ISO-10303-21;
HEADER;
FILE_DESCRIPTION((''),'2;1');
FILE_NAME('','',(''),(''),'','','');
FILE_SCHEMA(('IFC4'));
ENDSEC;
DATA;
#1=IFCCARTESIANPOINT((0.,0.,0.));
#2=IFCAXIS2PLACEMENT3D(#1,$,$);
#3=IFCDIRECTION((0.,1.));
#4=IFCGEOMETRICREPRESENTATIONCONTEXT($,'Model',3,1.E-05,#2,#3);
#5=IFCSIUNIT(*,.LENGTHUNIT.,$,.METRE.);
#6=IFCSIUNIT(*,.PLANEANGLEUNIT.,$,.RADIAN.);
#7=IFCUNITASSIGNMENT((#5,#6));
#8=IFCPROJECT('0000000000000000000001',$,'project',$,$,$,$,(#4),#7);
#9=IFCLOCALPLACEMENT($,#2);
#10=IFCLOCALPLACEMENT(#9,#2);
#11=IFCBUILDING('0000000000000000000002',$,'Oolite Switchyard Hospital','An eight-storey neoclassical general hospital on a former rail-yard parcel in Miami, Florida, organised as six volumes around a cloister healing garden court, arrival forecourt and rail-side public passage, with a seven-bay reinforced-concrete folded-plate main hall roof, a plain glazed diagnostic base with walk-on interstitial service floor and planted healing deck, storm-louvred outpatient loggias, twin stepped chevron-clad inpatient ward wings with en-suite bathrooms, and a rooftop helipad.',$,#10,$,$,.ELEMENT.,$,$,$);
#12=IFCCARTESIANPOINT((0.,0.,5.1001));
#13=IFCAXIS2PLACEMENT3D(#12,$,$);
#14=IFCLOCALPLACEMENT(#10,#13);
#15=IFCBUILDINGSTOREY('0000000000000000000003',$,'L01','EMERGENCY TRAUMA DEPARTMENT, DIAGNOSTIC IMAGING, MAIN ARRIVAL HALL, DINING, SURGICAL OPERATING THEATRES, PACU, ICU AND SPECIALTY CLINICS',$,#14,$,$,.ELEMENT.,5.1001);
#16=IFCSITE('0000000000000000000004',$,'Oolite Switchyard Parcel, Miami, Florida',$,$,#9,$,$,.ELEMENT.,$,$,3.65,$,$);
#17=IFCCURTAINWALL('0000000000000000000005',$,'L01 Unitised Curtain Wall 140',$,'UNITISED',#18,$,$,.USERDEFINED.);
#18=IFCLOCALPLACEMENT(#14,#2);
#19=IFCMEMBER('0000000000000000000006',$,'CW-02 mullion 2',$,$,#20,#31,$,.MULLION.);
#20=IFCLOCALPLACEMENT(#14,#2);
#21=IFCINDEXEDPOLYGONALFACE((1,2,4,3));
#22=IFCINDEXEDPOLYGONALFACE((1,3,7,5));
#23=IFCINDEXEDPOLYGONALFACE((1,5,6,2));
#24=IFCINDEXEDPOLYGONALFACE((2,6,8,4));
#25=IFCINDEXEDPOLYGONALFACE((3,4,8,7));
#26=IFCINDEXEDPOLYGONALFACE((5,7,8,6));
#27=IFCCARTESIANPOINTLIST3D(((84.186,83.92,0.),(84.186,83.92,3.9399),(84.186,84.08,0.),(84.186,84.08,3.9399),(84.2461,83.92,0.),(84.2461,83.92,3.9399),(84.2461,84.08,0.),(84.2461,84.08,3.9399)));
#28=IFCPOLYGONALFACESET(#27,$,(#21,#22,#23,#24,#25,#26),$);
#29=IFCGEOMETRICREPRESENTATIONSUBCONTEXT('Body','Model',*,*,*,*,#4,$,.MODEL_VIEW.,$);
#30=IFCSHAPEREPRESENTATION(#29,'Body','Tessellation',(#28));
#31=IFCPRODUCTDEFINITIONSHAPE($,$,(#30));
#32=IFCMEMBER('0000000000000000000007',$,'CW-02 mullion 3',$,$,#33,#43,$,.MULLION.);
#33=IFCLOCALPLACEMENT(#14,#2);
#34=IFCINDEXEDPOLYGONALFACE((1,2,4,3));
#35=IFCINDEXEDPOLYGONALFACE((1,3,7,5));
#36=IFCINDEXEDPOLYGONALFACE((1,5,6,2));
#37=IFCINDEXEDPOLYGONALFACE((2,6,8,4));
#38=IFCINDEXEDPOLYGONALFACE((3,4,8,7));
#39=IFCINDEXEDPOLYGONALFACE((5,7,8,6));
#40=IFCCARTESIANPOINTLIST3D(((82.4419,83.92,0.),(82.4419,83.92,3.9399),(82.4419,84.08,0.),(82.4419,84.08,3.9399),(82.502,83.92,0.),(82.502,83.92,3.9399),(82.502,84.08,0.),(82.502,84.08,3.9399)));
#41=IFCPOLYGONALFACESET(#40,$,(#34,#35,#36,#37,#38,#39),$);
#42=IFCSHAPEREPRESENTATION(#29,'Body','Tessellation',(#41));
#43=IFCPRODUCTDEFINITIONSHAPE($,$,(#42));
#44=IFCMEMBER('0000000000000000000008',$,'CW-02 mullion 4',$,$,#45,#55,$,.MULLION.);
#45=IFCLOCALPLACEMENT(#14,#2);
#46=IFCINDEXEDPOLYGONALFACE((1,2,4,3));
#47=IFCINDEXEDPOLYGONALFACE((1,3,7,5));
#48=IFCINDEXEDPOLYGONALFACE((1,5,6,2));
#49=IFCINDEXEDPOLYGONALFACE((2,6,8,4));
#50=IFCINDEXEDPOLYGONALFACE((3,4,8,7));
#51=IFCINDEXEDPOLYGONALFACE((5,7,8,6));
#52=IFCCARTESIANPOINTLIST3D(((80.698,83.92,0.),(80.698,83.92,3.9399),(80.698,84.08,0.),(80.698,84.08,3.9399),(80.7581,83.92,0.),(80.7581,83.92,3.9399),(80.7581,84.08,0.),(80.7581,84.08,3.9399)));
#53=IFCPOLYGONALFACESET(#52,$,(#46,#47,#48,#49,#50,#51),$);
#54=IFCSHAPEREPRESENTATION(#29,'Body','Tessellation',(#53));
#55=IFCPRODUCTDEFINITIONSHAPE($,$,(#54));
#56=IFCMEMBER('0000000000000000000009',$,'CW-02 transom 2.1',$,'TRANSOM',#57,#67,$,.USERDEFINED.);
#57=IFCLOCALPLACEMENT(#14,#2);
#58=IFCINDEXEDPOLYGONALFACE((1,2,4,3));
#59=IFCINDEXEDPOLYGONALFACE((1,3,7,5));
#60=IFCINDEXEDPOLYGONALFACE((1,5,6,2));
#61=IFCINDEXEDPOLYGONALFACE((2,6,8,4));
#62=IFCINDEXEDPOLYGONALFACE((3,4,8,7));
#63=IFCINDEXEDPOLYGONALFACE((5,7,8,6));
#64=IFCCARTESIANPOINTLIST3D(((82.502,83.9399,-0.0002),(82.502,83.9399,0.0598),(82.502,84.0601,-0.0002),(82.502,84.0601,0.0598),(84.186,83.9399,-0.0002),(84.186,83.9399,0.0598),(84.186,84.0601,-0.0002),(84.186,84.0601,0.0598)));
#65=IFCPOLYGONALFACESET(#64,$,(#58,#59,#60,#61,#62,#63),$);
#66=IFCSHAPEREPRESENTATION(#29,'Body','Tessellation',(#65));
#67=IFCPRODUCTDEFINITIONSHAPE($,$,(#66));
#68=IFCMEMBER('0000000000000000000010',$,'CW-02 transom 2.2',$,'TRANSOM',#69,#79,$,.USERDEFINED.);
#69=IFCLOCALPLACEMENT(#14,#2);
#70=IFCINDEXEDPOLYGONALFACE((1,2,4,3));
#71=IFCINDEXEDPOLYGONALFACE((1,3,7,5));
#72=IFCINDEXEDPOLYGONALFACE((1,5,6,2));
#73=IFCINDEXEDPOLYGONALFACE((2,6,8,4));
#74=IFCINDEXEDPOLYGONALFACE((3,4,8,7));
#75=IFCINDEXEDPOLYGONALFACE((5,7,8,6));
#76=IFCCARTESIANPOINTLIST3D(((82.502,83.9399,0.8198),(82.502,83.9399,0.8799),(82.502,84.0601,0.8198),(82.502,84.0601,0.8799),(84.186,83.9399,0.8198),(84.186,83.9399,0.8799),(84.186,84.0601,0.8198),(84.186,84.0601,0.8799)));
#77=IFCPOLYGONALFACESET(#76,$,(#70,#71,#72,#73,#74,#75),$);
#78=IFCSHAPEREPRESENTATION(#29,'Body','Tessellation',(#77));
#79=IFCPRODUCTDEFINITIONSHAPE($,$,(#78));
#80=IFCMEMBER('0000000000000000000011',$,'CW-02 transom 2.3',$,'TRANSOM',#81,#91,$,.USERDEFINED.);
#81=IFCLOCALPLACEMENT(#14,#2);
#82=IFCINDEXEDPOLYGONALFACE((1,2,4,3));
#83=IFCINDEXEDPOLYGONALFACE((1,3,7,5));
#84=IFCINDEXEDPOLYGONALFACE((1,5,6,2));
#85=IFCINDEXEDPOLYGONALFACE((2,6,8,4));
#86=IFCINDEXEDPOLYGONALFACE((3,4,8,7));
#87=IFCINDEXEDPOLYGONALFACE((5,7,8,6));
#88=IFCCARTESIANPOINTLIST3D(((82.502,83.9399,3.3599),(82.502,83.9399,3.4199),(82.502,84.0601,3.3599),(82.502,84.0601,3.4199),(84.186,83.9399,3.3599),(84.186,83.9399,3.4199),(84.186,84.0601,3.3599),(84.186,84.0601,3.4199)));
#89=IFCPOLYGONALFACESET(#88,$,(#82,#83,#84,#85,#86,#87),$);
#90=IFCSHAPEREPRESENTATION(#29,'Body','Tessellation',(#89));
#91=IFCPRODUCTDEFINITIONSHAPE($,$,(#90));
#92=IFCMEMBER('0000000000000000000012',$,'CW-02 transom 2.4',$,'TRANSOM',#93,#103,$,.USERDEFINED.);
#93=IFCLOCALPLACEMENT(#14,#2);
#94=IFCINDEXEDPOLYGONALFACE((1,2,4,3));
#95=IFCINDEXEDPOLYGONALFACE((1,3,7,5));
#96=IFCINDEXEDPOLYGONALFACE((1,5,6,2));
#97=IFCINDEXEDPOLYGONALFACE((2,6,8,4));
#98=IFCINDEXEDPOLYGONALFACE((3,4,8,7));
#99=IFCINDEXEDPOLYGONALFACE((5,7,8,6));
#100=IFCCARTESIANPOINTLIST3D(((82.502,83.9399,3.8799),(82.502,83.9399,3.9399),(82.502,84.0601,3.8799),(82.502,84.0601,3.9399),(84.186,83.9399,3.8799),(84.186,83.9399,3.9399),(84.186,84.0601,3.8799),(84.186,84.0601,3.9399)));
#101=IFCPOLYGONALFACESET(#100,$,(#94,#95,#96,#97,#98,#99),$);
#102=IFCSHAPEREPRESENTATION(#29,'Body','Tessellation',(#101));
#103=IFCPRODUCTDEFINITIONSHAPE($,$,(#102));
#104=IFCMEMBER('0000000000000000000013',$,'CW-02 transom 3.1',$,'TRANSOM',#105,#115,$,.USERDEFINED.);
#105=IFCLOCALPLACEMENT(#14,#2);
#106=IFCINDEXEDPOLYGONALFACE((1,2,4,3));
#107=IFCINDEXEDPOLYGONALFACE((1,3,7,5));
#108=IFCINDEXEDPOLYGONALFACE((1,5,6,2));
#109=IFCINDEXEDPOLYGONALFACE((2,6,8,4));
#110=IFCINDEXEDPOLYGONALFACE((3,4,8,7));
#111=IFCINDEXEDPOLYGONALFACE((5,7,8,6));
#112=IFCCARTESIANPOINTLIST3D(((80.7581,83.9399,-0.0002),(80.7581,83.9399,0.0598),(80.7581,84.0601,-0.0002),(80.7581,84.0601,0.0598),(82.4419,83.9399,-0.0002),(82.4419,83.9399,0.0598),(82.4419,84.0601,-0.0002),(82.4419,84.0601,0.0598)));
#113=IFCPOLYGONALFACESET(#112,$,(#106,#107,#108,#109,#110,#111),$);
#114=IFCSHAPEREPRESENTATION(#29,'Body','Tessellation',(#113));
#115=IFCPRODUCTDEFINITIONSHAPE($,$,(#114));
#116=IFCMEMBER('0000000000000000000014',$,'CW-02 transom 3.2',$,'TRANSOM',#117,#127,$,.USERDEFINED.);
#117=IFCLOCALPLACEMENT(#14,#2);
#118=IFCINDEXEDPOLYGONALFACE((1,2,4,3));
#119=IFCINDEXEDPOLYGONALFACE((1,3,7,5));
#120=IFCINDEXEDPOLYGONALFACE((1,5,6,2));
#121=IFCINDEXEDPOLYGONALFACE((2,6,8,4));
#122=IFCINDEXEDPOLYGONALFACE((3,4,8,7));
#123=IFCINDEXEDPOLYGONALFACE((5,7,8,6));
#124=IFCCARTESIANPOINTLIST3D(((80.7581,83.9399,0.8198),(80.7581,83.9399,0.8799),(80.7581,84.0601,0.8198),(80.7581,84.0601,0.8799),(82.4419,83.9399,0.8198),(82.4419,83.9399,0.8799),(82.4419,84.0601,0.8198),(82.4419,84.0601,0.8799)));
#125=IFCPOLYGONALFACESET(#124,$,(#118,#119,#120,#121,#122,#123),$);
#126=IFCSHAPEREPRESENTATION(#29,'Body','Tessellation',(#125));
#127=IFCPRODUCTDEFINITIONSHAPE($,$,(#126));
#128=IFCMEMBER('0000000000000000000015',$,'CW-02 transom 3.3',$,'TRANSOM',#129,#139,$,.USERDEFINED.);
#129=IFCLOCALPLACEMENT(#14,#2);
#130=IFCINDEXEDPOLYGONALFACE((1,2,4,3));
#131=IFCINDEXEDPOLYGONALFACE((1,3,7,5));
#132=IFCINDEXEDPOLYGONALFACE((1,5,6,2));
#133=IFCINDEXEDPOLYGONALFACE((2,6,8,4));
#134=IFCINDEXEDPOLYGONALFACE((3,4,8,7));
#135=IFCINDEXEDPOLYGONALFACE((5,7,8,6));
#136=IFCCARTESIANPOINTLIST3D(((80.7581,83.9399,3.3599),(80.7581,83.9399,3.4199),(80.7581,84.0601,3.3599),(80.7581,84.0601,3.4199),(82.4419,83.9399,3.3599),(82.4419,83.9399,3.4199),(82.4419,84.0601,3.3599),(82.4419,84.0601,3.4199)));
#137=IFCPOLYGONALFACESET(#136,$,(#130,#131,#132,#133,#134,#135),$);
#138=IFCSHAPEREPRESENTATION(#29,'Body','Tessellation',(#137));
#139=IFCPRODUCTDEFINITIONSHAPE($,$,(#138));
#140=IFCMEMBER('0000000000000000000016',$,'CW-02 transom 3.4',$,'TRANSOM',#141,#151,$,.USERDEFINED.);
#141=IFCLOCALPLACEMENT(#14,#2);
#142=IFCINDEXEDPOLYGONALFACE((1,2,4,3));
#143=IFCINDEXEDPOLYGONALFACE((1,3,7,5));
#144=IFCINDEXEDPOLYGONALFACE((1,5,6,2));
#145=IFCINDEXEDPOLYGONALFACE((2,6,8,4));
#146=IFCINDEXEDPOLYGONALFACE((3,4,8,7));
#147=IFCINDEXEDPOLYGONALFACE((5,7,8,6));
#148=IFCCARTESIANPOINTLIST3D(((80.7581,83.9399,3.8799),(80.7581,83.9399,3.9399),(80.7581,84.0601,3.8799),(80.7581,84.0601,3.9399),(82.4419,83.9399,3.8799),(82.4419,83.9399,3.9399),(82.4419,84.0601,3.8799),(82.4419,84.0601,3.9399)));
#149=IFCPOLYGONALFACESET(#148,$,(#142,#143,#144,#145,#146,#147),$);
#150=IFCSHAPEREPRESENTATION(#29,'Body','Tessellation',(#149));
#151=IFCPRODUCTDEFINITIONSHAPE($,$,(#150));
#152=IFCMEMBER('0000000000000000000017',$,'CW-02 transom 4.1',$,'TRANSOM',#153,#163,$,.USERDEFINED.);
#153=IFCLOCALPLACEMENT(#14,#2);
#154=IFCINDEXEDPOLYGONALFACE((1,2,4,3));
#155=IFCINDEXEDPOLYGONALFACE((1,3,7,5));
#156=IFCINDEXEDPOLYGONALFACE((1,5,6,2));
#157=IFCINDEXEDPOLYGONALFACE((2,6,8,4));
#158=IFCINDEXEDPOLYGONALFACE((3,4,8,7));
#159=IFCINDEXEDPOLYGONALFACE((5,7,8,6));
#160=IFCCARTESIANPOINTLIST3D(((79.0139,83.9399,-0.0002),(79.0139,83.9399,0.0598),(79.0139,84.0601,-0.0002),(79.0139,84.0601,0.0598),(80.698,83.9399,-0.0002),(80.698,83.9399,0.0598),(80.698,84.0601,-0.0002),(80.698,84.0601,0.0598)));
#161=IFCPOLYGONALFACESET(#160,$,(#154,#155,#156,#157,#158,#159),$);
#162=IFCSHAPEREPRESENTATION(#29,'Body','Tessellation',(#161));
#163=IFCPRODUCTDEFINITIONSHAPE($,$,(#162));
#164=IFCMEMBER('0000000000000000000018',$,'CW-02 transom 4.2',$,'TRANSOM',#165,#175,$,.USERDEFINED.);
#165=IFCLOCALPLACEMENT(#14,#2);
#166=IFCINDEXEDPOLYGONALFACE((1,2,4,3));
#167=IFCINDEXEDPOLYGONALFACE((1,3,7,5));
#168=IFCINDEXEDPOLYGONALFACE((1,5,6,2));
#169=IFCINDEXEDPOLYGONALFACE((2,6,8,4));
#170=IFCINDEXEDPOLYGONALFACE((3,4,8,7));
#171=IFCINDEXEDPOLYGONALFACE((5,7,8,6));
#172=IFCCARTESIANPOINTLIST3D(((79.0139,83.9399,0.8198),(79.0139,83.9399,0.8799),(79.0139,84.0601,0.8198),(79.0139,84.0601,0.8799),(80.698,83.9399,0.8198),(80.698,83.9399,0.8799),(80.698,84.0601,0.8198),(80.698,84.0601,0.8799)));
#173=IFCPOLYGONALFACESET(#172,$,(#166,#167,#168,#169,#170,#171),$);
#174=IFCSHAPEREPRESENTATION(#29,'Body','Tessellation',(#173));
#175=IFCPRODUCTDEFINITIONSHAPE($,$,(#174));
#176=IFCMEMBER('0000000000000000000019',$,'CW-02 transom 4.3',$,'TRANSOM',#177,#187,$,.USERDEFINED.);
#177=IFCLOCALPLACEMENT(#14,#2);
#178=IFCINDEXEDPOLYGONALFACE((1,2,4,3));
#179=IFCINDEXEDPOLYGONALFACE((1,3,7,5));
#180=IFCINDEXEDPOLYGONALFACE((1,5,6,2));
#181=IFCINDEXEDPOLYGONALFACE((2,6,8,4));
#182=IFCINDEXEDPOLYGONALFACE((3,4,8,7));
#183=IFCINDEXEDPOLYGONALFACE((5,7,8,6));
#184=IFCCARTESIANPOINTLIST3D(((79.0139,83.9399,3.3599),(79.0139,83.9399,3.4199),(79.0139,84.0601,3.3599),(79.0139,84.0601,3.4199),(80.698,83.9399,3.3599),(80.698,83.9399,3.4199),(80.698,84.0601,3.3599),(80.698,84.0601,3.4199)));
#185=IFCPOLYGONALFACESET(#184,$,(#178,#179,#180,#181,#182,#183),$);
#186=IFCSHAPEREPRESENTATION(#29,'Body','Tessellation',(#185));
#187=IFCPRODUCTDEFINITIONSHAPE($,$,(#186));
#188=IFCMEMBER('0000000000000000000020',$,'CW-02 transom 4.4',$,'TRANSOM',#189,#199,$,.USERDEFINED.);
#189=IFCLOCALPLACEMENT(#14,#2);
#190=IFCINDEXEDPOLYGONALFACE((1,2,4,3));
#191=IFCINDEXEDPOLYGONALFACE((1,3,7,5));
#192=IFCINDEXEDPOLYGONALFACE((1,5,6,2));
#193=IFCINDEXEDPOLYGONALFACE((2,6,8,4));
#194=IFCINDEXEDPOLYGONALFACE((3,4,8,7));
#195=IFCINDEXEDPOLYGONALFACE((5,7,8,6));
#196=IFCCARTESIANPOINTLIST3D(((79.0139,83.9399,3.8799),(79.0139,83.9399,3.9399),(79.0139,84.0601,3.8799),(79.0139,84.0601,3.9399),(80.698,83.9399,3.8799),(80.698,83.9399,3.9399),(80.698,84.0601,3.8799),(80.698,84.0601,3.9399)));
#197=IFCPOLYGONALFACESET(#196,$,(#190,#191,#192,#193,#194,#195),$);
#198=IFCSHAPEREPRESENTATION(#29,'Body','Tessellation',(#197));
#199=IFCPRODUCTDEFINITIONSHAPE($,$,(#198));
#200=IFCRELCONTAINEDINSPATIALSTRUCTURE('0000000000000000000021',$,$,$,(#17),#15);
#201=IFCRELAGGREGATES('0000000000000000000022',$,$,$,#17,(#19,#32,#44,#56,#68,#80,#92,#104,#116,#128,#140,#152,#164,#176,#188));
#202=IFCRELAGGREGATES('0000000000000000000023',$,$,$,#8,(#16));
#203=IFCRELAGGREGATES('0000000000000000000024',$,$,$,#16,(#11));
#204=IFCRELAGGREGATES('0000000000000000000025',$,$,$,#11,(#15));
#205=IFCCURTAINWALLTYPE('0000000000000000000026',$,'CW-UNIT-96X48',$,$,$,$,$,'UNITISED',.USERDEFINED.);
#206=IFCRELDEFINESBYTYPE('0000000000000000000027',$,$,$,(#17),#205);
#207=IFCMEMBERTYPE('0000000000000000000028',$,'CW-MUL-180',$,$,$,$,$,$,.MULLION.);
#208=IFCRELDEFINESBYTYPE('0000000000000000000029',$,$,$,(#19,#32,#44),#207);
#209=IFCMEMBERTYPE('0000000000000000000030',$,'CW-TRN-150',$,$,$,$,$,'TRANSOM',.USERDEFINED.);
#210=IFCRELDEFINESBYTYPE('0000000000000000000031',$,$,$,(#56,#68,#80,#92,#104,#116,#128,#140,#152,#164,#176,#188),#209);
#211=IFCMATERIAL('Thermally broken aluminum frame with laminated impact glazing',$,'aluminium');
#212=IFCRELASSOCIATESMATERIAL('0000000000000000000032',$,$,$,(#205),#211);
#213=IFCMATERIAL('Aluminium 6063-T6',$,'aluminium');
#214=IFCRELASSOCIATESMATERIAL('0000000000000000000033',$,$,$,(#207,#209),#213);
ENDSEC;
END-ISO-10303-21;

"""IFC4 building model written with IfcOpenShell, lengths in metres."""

from ifc_helpers import new_model, si_unit, direction, frame, origin, origin_2d, place, context, subcontext, project, spatial, rectangle, extrude, material, material_profile, profile_set, type_object, element, aggregate, save


model = new_model("IFC4")

# Units and contexts
model_context = context("Model", 3, precision=1e-05, world=origin(), true_north=direction((0.0, 1.0)))
body_context = subcontext(model_context, "Body", "Model", "MODEL_VIEW")
ifc_project = project(units=[si_unit("LENGTHUNIT", "METRE"), si_unit("PLANEANGLEUNIT", "RADIAN")], contexts=[model_context])

# Site, building, storey
site_placement = place(None, origin())
site = spatial("IfcSite", under=ifc_project, at=site_placement, Name="Oolite Switchyard Parcel, Miami, Florida", CompositionType="ELEMENT", RefElevation=3.65)
building_placement = place(site_placement, origin())
building = spatial("IfcBuilding", under=site, at=building_placement, Name="Oolite Switchyard Hospital", Description="An eight-storey neoclassical general hospital on a former rail-yard parcel in Miami, Florida, organised as six volumes around a cloister healing garden court, arrival forecourt and rail-side public passage, with a seven-bay reinforced-concrete folded-plate main hall roof, a plain glazed diagnostic base with walk-on interstitial service floor and planted healing deck, storm-louvred outpatient loggias, twin stepped chevron-clad inpatient ward wings with en-suite bathrooms, and a rooftop helipad.", CompositionType="ELEMENT")
storey_placement = place(building_placement, frame((0.0, 0.0, 5.1001)))
storey = spatial("IfcBuildingStorey", under=building, at=storey_placement, Name="L01", Description="EMERGENCY TRAUMA DEPARTMENT, DIAGNOSTIC IMAGING, MAIN ARRIVAL HALL, DINING, SURGICAL OPERATING THEATRES, PACU, ICU AND SPECIALTY CLINICS", CompositionType="ELEMENT", Elevation=5.1001)

# Curtain wall, members
ifc_material_1 = material(Name="Thermally broken aluminum frame with laminated impact glazing", Category="aluminium")
curtain_wall_type = type_object("IfcCurtainWallType", Name="CW-UNIT-96X48", ElementType="UNITISED", PredefinedType="USERDEFINED", material=ifc_material_1)
curtain_wall_placement = place(storey_placement, origin())
curtain_wall = element("IfcCurtainWall", 1, at=curtain_wall_placement, inside=storey, type_object=curtain_wall_type, Name="L01 Unitised Curtain Wall 140", ObjectType="UNITISED", PredefinedType="USERDEFINED")
ifc_material_2 = material(Name="Aluminium 6063-T6", Category="aluminium")
ifc_material_profile_1 = material_profile(ifc_material_2, rectangle(XDim=0.1599, YDim=0.0601, at=origin_2d()), Name="CWM60X160")
ifc_profile_set_1 = profile_set([ifc_material_profile_1], Name="Aluminium 6063-T6")
member_type_1 = type_object("IfcMemberType", Name="CW-MUL-180", PredefinedType="MULLION", material=ifc_profile_set_1)
member_1_placement = place(storey_placement, frame((84.2161, 84.0, 0.0), z_axis=(0.0, 0.0, 1.0), x_axis=(0.0, -1.0, 0.0)))
member_1 = element("IfcMember", 2, at=member_1_placement, type_object=member_type_1, Name="CW-02 mullion 2", PredefinedType="MULLION", context=body_context, shape_type="SweptSolid", body=[
    extrude(rectangle(XDim=0.1599, YDim=0.0601, at=origin_2d()), origin(), (0.0, 0.0, 1.0), 3.9399),
])
member_2_placement = place(storey_placement, frame((82.4719, 84.0, 0.0), z_axis=(0.0, 0.0, 1.0), x_axis=(0.0, -1.0, 0.0)))
member_2 = element("IfcMember", 3, at=member_2_placement, type_object=member_type_1, Name="CW-02 mullion 3", PredefinedType="MULLION", context=body_context, shape_type="SweptSolid", body=[
    extrude(rectangle(XDim=0.1599, YDim=0.0601, at=origin_2d()), origin(), (0.0, 0.0, 1.0), 3.9399),
])
member_3_placement = place(storey_placement, frame((80.728, 84.0, 0.0), z_axis=(0.0, 0.0, 1.0), x_axis=(0.0, -1.0, 0.0)))
member_3 = element("IfcMember", 4, at=member_3_placement, type_object=member_type_1, Name="CW-02 mullion 4", PredefinedType="MULLION", context=body_context, shape_type="SweptSolid", body=[
    extrude(rectangle(XDim=0.1599, YDim=0.0601, at=origin_2d()), origin(), (0.0, 0.0, 1.0), 3.9399),
])
ifc_material_profile_2 = material_profile(ifc_material_2, rectangle(XDim=0.1201, YDim=0.0601, at=origin_2d()), Name="CWT60X120")
ifc_profile_set_2 = profile_set([ifc_material_profile_2], Name="Aluminium 6063-T6")
member_type_2 = type_object("IfcMemberType", Name="CW-TRN-150", ElementType="TRANSOM", PredefinedType="USERDEFINED", material=ifc_profile_set_2)
member_4_placement = place(storey_placement, frame((84.186, 84.0, 0.0298), z_axis=(-1.0, 0.0, 0.0), x_axis=(0.0, -1.0, 0.0)))
member_4 = element("IfcMember", 5, at=member_4_placement, type_object=member_type_2, Name="CW-02 transom 2.1", ObjectType="TRANSOM", PredefinedType="USERDEFINED", context=body_context, shape_type="SweptSolid", body=[
    extrude(rectangle(XDim=0.1201, YDim=0.0601, at=origin_2d()), origin(), (0.0, 0.0, 1.0), 1.6841),
])
member_5_placement = place(storey_placement, frame((84.186, 84.0, 0.8499), z_axis=(-1.0, 0.0, 0.0), x_axis=(0.0, -1.0, 0.0)))
member_5 = element("IfcMember", 6, at=member_5_placement, type_object=member_type_2, Name="CW-02 transom 2.2", ObjectType="TRANSOM", PredefinedType="USERDEFINED", context=body_context, shape_type="SweptSolid", body=[
    extrude(rectangle(XDim=0.1201, YDim=0.0601, at=origin_2d()), origin(), (0.0, 0.0, 1.0), 1.6841),
])
member_6_placement = place(storey_placement, frame((84.186, 84.0, 3.3899), z_axis=(-1.0, 0.0, 0.0), x_axis=(0.0, -1.0, 0.0)))
member_6 = element("IfcMember", 7, at=member_6_placement, type_object=member_type_2, Name="CW-02 transom 2.3", ObjectType="TRANSOM", PredefinedType="USERDEFINED", context=body_context, shape_type="SweptSolid", body=[
    extrude(rectangle(XDim=0.1201, YDim=0.0601, at=origin_2d()), origin(), (0.0, 0.0, 1.0), 1.6841),
])
member_7_placement = place(storey_placement, frame((84.186, 84.0, 3.9099), z_axis=(-1.0, 0.0, 0.0), x_axis=(0.0, -1.0, 0.0)))
member_7 = element("IfcMember", 8, at=member_7_placement, type_object=member_type_2, Name="CW-02 transom 2.4", ObjectType="TRANSOM", PredefinedType="USERDEFINED", context=body_context, shape_type="SweptSolid", body=[
    extrude(rectangle(XDim=0.1201, YDim=0.0601, at=origin_2d()), origin(), (0.0, 0.0, 1.0), 1.6841),
])
member_8_placement = place(storey_placement, frame((82.4419, 84.0, 0.0298), z_axis=(-1.0, 0.0, 0.0), x_axis=(0.0, -1.0, 0.0)))
member_8 = element("IfcMember", 9, at=member_8_placement, type_object=member_type_2, Name="CW-02 transom 3.1", ObjectType="TRANSOM", PredefinedType="USERDEFINED", context=body_context, shape_type="SweptSolid", body=[
    extrude(rectangle(XDim=0.1201, YDim=0.0601, at=origin_2d()), origin(), (0.0, 0.0, 1.0), 1.6838),
])
member_9_placement = place(storey_placement, frame((82.4419, 84.0, 0.8499), z_axis=(-1.0, 0.0, 0.0), x_axis=(0.0, -1.0, 0.0)))
member_9 = element("IfcMember", 10, at=member_9_placement, type_object=member_type_2, Name="CW-02 transom 3.2", ObjectType="TRANSOM", PredefinedType="USERDEFINED", context=body_context, shape_type="SweptSolid", body=[
    extrude(rectangle(XDim=0.1201, YDim=0.0601, at=origin_2d()), origin(), (0.0, 0.0, 1.0), 1.6838),
])
member_10_placement = place(storey_placement, frame((82.4419, 84.0, 3.3899), z_axis=(-1.0, 0.0, 0.0), x_axis=(0.0, -1.0, 0.0)))
member_10 = element("IfcMember", 11, at=member_10_placement, type_object=member_type_2, Name="CW-02 transom 3.3", ObjectType="TRANSOM", PredefinedType="USERDEFINED", context=body_context, shape_type="SweptSolid", body=[
    extrude(rectangle(XDim=0.1201, YDim=0.0601, at=origin_2d()), origin(), (0.0, 0.0, 1.0), 1.6838),
])
member_11_placement = place(storey_placement, frame((82.4419, 84.0, 3.9099), z_axis=(-1.0, 0.0, 0.0), x_axis=(0.0, -1.0, 0.0)))
member_11 = element("IfcMember", 12, at=member_11_placement, type_object=member_type_2, Name="CW-02 transom 3.4", ObjectType="TRANSOM", PredefinedType="USERDEFINED", context=body_context, shape_type="SweptSolid", body=[
    extrude(rectangle(XDim=0.1201, YDim=0.0601, at=origin_2d()), origin(), (0.0, 0.0, 1.0), 1.6838),
])
member_12_placement = place(storey_placement, frame((80.698, 84.0, 0.0298), z_axis=(-1.0, 0.0, 0.0), x_axis=(0.0, -1.0, 0.0)))
member_12 = element("IfcMember", 13, at=member_12_placement, type_object=member_type_2, Name="CW-02 transom 4.1", ObjectType="TRANSOM", PredefinedType="USERDEFINED", context=body_context, shape_type="SweptSolid", body=[
    extrude(rectangle(XDim=0.1201, YDim=0.0601, at=origin_2d()), origin(), (0.0, 0.0, 1.0), 1.6841),
])
member_13_placement = place(storey_placement, frame((80.698, 84.0, 0.8499), z_axis=(-1.0, 0.0, 0.0), x_axis=(0.0, -1.0, 0.0)))
member_13 = element("IfcMember", 14, at=member_13_placement, type_object=member_type_2, Name="CW-02 transom 4.2", ObjectType="TRANSOM", PredefinedType="USERDEFINED", context=body_context, shape_type="SweptSolid", body=[
    extrude(rectangle(XDim=0.1201, YDim=0.0601, at=origin_2d()), origin(), (0.0, 0.0, 1.0), 1.6841),
])
member_14_placement = place(storey_placement, frame((80.698, 84.0, 3.3899), z_axis=(-1.0, 0.0, 0.0), x_axis=(0.0, -1.0, 0.0)))
member_14 = element("IfcMember", 15, at=member_14_placement, type_object=member_type_2, Name="CW-02 transom 4.3", ObjectType="TRANSOM", PredefinedType="USERDEFINED", context=body_context, shape_type="SweptSolid", body=[
    extrude(rectangle(XDim=0.1201, YDim=0.0601, at=origin_2d()), origin(), (0.0, 0.0, 1.0), 1.6841),
])
member_15_placement = place(storey_placement, frame((80.698, 84.0, 3.9099), z_axis=(-1.0, 0.0, 0.0), x_axis=(0.0, -1.0, 0.0)))
member_15 = element("IfcMember", 16, at=member_15_placement, type_object=member_type_2, Name="CW-02 transom 4.4", ObjectType="TRANSOM", PredefinedType="USERDEFINED", context=body_context, shape_type="SweptSolid", body=[
    extrude(rectangle(XDim=0.1201, YDim=0.0601, at=origin_2d()), origin(), (0.0, 0.0, 1.0), 1.6841),
])
aggregate(curtain_wall, [member_1, member_2, member_3, member_4, member_5, member_6, member_7, member_8, member_9, member_10, member_11, member_12, member_13, member_14, member_15])

save(model, "model.ifc")
